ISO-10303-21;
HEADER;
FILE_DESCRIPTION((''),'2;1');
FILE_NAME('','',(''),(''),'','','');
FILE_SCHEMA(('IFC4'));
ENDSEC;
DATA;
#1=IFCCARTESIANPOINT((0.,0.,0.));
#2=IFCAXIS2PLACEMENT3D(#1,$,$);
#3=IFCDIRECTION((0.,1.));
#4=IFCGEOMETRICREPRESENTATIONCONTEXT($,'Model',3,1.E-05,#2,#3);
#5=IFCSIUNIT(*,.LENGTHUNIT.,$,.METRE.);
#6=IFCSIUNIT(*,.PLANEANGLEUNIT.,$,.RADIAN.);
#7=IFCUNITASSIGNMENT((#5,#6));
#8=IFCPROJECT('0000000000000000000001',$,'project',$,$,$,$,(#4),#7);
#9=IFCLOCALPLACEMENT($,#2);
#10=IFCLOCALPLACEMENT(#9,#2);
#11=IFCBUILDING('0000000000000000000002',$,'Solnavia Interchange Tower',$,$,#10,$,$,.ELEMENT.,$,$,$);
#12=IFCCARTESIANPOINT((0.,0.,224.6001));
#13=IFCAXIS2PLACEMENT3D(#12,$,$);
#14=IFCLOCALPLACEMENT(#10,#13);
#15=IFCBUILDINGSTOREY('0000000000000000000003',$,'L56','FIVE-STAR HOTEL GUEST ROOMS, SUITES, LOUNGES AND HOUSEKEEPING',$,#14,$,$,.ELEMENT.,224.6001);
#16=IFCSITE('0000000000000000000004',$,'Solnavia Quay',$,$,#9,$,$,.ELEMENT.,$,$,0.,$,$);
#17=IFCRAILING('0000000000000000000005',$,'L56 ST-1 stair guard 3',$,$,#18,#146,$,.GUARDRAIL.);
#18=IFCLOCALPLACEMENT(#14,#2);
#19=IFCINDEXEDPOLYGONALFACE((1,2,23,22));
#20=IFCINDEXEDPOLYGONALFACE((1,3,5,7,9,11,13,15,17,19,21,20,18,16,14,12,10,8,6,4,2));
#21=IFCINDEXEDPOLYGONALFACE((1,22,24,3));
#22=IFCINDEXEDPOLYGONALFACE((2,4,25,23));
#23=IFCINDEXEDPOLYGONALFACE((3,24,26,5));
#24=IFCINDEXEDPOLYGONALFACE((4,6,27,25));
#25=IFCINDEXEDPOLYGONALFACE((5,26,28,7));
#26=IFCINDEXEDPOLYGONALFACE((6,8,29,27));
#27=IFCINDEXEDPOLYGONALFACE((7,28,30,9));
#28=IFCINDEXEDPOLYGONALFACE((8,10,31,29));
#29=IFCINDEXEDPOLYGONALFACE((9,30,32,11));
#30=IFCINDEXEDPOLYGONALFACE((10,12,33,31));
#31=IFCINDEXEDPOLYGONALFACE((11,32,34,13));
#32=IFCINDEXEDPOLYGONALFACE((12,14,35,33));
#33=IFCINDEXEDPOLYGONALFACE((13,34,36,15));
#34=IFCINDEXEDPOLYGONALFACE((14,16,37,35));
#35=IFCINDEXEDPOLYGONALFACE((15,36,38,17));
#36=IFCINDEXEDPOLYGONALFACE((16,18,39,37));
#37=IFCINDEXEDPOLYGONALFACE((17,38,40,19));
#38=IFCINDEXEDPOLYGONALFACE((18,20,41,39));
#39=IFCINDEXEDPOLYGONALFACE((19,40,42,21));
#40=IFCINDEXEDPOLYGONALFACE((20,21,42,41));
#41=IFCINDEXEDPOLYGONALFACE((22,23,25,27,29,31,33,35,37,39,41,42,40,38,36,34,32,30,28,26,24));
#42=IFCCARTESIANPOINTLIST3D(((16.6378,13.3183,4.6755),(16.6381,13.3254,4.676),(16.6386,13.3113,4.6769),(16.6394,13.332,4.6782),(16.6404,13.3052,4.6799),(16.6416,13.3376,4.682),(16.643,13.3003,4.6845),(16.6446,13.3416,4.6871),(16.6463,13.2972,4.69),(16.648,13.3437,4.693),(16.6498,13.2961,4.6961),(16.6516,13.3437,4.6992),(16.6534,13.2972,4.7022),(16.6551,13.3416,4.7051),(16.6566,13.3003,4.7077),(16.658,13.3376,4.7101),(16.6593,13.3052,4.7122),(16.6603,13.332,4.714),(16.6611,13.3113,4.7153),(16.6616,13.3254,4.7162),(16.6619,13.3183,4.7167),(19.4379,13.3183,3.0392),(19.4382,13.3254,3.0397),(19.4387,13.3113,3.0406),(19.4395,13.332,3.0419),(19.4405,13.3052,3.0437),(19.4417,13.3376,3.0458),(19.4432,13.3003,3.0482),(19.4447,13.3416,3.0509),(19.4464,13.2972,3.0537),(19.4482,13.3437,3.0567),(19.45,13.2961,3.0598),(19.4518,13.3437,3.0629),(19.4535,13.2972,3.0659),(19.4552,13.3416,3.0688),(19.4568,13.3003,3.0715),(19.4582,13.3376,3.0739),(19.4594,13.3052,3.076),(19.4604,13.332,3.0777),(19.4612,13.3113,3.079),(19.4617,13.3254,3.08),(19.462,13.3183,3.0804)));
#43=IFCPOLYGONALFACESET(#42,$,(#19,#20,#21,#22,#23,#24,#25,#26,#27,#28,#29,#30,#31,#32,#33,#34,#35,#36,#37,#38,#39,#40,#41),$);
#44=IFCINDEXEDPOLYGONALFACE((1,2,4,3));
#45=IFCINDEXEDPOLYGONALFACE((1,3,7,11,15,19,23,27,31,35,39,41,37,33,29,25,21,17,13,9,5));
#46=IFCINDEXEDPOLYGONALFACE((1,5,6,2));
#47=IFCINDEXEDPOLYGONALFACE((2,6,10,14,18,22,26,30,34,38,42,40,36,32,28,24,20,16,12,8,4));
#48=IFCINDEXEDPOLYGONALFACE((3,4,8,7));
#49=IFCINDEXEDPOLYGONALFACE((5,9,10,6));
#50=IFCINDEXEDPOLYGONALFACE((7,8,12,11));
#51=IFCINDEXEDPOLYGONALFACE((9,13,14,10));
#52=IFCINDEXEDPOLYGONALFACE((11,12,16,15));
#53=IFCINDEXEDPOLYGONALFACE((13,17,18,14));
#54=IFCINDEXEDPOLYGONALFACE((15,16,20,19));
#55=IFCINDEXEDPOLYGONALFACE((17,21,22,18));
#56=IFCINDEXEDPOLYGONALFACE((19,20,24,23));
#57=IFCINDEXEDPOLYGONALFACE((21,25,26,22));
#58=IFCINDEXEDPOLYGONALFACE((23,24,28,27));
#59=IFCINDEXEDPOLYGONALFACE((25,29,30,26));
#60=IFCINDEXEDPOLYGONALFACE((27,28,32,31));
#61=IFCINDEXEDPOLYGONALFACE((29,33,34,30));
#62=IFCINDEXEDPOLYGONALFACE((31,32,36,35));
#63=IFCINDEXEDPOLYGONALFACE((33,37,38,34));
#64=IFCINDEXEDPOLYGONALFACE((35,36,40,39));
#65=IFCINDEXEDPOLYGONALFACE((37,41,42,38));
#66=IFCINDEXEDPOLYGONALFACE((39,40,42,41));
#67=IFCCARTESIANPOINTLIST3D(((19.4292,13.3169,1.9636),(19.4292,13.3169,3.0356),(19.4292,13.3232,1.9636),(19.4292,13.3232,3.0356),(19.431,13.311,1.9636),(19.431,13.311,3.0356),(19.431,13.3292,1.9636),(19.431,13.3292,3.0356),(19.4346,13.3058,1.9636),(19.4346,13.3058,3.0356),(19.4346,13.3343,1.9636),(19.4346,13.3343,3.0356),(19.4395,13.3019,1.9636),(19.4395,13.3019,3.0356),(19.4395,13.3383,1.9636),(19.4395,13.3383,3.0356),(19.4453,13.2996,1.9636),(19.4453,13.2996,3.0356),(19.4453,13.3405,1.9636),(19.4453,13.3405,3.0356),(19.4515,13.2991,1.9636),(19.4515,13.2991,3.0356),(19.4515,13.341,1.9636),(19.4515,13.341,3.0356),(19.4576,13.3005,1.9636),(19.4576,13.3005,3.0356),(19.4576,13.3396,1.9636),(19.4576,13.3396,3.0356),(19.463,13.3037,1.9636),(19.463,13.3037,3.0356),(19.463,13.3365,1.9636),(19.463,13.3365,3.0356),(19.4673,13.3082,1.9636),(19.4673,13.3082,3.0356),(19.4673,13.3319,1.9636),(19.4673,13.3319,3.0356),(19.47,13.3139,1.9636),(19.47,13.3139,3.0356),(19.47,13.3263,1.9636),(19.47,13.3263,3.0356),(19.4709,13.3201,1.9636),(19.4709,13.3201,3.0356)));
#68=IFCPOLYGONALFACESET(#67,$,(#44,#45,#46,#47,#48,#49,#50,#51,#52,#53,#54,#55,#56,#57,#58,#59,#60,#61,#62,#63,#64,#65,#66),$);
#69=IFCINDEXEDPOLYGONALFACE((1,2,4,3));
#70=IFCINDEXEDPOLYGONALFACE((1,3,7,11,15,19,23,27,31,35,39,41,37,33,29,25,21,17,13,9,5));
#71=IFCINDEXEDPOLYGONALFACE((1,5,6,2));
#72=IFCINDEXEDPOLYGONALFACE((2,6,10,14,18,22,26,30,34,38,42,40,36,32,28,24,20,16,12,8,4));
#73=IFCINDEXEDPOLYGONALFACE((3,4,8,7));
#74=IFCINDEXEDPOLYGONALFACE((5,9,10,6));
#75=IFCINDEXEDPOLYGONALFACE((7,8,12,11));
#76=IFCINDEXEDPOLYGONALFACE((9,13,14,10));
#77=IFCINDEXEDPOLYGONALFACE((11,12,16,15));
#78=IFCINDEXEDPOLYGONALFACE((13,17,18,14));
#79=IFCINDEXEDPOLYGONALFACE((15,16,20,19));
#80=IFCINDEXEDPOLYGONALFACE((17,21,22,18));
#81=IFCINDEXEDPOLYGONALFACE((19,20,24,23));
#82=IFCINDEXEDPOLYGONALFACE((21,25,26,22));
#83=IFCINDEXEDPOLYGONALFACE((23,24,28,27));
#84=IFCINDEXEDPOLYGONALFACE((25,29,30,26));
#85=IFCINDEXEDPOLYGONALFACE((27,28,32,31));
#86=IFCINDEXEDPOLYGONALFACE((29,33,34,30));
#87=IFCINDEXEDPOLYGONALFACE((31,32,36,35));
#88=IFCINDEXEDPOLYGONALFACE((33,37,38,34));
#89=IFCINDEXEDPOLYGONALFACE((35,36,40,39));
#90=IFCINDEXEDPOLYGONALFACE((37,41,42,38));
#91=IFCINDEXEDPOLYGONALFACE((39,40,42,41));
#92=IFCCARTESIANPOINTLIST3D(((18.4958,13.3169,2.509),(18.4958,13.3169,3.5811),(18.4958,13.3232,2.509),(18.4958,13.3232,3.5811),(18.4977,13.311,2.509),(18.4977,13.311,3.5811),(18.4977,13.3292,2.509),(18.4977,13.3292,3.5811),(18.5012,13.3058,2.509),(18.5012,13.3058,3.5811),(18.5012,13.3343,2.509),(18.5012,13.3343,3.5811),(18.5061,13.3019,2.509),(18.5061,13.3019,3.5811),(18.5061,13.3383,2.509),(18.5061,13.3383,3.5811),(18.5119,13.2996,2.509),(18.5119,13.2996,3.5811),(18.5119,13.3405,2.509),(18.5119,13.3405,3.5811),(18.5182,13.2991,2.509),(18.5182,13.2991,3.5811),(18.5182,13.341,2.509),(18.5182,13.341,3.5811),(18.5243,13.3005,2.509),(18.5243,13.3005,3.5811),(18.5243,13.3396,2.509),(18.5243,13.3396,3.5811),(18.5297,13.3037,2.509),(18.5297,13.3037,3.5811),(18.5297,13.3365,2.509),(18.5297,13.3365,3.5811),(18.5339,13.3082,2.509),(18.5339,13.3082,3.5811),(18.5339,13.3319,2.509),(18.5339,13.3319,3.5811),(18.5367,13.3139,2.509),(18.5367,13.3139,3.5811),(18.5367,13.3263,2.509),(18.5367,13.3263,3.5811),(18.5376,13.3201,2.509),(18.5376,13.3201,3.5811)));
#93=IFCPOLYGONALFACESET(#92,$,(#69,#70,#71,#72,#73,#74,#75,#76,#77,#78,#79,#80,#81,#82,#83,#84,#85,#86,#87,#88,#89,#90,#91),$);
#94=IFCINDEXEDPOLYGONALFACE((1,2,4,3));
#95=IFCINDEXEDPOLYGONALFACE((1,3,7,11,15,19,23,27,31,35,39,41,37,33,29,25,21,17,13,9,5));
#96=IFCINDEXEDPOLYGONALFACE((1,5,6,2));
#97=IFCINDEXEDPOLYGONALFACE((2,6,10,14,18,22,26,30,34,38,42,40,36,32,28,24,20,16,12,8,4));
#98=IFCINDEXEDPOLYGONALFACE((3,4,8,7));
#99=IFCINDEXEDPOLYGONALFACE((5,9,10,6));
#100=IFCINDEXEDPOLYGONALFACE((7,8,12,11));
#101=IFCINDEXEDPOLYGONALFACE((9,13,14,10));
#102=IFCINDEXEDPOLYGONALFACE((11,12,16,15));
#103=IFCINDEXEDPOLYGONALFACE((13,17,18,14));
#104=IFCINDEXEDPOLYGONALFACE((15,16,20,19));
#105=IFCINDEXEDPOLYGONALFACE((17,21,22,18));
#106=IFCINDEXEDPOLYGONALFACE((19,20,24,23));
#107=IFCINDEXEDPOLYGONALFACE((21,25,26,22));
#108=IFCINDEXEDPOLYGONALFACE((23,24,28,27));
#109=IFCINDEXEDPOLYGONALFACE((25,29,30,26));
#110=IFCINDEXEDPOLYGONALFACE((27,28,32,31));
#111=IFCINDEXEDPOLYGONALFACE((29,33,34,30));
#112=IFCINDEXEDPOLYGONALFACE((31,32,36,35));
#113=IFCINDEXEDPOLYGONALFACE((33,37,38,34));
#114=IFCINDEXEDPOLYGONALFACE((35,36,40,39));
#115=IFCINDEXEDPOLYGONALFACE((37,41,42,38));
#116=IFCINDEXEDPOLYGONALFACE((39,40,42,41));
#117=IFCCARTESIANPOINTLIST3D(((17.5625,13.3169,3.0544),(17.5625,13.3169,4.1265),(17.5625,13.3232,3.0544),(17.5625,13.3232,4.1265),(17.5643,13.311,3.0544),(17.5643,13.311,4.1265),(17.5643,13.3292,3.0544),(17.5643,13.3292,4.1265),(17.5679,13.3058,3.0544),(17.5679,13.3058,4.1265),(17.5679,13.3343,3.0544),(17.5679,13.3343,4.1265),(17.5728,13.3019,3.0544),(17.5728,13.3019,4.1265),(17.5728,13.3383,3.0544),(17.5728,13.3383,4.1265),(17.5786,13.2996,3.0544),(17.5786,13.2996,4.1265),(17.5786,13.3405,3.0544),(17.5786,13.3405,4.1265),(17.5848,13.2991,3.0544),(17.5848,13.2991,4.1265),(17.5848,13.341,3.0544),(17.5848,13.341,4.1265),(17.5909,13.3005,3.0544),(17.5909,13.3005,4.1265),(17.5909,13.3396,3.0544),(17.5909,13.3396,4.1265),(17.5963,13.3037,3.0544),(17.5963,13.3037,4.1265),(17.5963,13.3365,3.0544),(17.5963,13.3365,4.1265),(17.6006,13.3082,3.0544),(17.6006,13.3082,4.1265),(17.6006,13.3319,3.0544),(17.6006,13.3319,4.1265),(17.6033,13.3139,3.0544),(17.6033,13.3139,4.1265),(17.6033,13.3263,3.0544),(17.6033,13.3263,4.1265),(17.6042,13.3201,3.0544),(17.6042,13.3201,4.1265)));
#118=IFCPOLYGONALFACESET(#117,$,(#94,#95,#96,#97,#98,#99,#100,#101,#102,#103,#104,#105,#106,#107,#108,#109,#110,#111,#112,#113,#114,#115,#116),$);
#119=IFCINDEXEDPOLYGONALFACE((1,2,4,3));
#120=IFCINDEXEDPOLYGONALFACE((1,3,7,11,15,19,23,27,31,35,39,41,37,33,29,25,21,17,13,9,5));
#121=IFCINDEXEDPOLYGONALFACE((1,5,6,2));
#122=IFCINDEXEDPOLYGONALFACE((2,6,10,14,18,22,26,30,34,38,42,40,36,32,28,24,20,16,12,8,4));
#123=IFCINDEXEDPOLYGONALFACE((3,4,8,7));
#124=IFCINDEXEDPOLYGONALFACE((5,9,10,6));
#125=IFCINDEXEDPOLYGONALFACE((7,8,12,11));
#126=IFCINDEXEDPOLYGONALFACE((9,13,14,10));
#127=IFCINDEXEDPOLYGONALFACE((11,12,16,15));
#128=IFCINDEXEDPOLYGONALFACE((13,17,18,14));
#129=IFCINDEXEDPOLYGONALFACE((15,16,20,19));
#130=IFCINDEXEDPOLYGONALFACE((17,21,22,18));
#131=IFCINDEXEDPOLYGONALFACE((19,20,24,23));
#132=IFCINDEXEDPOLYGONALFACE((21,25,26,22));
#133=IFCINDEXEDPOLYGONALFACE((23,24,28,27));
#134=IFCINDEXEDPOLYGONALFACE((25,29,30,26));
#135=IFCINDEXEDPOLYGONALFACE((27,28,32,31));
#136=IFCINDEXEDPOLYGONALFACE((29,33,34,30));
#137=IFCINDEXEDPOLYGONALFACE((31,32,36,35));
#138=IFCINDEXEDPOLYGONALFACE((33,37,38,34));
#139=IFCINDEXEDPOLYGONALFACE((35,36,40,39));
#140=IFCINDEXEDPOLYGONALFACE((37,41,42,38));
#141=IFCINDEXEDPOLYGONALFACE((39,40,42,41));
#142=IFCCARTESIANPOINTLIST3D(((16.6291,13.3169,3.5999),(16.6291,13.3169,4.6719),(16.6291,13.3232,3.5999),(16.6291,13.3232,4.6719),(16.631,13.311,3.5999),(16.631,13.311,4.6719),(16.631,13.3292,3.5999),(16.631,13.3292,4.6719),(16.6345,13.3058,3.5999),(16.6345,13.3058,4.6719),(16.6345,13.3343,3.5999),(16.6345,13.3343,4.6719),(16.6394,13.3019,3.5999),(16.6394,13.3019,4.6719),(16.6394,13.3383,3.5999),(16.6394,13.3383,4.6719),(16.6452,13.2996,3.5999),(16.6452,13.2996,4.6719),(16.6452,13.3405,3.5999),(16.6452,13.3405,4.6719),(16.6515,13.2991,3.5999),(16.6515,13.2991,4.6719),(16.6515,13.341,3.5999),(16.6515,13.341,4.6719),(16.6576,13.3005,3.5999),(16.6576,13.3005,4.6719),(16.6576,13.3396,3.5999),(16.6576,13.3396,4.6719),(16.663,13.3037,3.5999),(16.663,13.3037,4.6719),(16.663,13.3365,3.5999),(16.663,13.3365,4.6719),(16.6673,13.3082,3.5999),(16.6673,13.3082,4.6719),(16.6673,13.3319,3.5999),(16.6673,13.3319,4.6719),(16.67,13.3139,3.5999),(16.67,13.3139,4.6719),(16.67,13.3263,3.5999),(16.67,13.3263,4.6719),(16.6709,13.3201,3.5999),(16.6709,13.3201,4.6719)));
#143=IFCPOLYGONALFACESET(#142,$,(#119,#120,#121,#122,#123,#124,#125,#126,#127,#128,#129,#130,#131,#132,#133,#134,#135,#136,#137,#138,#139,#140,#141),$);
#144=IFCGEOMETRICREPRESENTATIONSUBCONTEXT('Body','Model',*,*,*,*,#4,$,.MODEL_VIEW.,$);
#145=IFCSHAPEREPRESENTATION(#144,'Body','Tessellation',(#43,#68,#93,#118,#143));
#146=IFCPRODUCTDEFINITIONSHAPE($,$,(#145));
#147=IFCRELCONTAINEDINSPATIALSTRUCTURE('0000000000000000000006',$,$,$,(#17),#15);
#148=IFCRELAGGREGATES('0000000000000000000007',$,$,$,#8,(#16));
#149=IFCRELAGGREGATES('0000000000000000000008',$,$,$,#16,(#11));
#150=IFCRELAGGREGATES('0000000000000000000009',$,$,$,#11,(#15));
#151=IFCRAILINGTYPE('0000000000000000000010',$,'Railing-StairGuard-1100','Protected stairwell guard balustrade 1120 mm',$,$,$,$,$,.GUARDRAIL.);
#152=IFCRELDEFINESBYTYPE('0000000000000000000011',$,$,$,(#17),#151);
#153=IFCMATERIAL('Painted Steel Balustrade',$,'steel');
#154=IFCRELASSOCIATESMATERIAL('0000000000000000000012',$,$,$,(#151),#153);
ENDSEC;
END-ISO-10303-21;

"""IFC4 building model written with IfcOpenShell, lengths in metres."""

from ifc_helpers import new_model, si_unit, direction, frame, origin, origin_2d, place, context, subcontext, project, spatial, circle, extrude, material, type_object, element, save


model = new_model("IFC4")

# Units and contexts
model_context = context("Model", 3, precision=1e-05, world=origin(), true_north=direction((0.0, 1.0)))
body_context = subcontext(model_context, "Body", "Model", "MODEL_VIEW")
ifc_project = project(units=[si_unit("LENGTHUNIT", "METRE"), si_unit("PLANEANGLEUNIT", "RADIAN")], contexts=[model_context])

# Site, building, storey
site_placement = place(None, origin())
site = spatial("IfcSite", under=ifc_project, at=site_placement, Name="Solnavia Quay", CompositionType="ELEMENT", RefElevation=0.0)
building_placement = place(site_placement, origin())
building = spatial("IfcBuilding", under=site, at=building_placement, Name="Solnavia Interchange Tower", CompositionType="ELEMENT")
storey_placement = place(building_placement, frame((0.0, 0.0, 224.6001)))
storey = spatial("IfcBuildingStorey", under=building, at=storey_placement, Name="L56", Description="FIVE-STAR HOTEL GUEST ROOMS, SUITES, LOUNGES AND HOUSEKEEPING", CompositionType="ELEMENT", Elevation=224.6001)

# Railing
ifc_material_1 = material(Name="Painted Steel Balustrade", Category="steel")
railing_type_1 = type_object("IfcRailingType", Name="Railing-StairGuard-1100", Description="Protected stairwell guard balustrade 1120 mm", PredefinedType="GUARDRAIL", material=ifc_material_1)
railing_1_placement = place(storey_placement, frame((19.45, 13.3201, 1.9636)))
element("IfcRailing", 1, at=railing_1_placement, inside=storey, type_object=railing_type_1, Name="L56 ST-1 stair guard 3", PredefinedType="GUARDRAIL", context=body_context, shape_type="SweptSolid", body=[
    extrude(circle(Radius=0.0239, at=origin_2d()), frame((0.0, 0.0, 1.0962), z_axis=(-0.863394, 0.0, 0.504531), x_axis=(0.0, -1.0, 0.0)), (0.0, 0.0, 1.0), 3.2432),
    extrude(circle(Radius=0.021, at=origin_2d()), origin(), (0.0, 0.0, 1.0), 1.072),
    extrude(circle(Radius=0.021, at=origin_2d()), frame((-0.9333, 0.0, 0.5454)), (0.0, 0.0, 1.0), 1.072),
    extrude(circle(Radius=0.021, at=origin_2d()), frame((-1.8667, 0.0, 1.0908)), (0.0, 0.0, 1.0), 1.072),
    extrude(circle(Radius=0.021, at=origin_2d()), frame((-2.8, 0.0, 1.6362)), (0.0, 0.0, 1.0), 1.072),
])

save(model, "model.ifc")
